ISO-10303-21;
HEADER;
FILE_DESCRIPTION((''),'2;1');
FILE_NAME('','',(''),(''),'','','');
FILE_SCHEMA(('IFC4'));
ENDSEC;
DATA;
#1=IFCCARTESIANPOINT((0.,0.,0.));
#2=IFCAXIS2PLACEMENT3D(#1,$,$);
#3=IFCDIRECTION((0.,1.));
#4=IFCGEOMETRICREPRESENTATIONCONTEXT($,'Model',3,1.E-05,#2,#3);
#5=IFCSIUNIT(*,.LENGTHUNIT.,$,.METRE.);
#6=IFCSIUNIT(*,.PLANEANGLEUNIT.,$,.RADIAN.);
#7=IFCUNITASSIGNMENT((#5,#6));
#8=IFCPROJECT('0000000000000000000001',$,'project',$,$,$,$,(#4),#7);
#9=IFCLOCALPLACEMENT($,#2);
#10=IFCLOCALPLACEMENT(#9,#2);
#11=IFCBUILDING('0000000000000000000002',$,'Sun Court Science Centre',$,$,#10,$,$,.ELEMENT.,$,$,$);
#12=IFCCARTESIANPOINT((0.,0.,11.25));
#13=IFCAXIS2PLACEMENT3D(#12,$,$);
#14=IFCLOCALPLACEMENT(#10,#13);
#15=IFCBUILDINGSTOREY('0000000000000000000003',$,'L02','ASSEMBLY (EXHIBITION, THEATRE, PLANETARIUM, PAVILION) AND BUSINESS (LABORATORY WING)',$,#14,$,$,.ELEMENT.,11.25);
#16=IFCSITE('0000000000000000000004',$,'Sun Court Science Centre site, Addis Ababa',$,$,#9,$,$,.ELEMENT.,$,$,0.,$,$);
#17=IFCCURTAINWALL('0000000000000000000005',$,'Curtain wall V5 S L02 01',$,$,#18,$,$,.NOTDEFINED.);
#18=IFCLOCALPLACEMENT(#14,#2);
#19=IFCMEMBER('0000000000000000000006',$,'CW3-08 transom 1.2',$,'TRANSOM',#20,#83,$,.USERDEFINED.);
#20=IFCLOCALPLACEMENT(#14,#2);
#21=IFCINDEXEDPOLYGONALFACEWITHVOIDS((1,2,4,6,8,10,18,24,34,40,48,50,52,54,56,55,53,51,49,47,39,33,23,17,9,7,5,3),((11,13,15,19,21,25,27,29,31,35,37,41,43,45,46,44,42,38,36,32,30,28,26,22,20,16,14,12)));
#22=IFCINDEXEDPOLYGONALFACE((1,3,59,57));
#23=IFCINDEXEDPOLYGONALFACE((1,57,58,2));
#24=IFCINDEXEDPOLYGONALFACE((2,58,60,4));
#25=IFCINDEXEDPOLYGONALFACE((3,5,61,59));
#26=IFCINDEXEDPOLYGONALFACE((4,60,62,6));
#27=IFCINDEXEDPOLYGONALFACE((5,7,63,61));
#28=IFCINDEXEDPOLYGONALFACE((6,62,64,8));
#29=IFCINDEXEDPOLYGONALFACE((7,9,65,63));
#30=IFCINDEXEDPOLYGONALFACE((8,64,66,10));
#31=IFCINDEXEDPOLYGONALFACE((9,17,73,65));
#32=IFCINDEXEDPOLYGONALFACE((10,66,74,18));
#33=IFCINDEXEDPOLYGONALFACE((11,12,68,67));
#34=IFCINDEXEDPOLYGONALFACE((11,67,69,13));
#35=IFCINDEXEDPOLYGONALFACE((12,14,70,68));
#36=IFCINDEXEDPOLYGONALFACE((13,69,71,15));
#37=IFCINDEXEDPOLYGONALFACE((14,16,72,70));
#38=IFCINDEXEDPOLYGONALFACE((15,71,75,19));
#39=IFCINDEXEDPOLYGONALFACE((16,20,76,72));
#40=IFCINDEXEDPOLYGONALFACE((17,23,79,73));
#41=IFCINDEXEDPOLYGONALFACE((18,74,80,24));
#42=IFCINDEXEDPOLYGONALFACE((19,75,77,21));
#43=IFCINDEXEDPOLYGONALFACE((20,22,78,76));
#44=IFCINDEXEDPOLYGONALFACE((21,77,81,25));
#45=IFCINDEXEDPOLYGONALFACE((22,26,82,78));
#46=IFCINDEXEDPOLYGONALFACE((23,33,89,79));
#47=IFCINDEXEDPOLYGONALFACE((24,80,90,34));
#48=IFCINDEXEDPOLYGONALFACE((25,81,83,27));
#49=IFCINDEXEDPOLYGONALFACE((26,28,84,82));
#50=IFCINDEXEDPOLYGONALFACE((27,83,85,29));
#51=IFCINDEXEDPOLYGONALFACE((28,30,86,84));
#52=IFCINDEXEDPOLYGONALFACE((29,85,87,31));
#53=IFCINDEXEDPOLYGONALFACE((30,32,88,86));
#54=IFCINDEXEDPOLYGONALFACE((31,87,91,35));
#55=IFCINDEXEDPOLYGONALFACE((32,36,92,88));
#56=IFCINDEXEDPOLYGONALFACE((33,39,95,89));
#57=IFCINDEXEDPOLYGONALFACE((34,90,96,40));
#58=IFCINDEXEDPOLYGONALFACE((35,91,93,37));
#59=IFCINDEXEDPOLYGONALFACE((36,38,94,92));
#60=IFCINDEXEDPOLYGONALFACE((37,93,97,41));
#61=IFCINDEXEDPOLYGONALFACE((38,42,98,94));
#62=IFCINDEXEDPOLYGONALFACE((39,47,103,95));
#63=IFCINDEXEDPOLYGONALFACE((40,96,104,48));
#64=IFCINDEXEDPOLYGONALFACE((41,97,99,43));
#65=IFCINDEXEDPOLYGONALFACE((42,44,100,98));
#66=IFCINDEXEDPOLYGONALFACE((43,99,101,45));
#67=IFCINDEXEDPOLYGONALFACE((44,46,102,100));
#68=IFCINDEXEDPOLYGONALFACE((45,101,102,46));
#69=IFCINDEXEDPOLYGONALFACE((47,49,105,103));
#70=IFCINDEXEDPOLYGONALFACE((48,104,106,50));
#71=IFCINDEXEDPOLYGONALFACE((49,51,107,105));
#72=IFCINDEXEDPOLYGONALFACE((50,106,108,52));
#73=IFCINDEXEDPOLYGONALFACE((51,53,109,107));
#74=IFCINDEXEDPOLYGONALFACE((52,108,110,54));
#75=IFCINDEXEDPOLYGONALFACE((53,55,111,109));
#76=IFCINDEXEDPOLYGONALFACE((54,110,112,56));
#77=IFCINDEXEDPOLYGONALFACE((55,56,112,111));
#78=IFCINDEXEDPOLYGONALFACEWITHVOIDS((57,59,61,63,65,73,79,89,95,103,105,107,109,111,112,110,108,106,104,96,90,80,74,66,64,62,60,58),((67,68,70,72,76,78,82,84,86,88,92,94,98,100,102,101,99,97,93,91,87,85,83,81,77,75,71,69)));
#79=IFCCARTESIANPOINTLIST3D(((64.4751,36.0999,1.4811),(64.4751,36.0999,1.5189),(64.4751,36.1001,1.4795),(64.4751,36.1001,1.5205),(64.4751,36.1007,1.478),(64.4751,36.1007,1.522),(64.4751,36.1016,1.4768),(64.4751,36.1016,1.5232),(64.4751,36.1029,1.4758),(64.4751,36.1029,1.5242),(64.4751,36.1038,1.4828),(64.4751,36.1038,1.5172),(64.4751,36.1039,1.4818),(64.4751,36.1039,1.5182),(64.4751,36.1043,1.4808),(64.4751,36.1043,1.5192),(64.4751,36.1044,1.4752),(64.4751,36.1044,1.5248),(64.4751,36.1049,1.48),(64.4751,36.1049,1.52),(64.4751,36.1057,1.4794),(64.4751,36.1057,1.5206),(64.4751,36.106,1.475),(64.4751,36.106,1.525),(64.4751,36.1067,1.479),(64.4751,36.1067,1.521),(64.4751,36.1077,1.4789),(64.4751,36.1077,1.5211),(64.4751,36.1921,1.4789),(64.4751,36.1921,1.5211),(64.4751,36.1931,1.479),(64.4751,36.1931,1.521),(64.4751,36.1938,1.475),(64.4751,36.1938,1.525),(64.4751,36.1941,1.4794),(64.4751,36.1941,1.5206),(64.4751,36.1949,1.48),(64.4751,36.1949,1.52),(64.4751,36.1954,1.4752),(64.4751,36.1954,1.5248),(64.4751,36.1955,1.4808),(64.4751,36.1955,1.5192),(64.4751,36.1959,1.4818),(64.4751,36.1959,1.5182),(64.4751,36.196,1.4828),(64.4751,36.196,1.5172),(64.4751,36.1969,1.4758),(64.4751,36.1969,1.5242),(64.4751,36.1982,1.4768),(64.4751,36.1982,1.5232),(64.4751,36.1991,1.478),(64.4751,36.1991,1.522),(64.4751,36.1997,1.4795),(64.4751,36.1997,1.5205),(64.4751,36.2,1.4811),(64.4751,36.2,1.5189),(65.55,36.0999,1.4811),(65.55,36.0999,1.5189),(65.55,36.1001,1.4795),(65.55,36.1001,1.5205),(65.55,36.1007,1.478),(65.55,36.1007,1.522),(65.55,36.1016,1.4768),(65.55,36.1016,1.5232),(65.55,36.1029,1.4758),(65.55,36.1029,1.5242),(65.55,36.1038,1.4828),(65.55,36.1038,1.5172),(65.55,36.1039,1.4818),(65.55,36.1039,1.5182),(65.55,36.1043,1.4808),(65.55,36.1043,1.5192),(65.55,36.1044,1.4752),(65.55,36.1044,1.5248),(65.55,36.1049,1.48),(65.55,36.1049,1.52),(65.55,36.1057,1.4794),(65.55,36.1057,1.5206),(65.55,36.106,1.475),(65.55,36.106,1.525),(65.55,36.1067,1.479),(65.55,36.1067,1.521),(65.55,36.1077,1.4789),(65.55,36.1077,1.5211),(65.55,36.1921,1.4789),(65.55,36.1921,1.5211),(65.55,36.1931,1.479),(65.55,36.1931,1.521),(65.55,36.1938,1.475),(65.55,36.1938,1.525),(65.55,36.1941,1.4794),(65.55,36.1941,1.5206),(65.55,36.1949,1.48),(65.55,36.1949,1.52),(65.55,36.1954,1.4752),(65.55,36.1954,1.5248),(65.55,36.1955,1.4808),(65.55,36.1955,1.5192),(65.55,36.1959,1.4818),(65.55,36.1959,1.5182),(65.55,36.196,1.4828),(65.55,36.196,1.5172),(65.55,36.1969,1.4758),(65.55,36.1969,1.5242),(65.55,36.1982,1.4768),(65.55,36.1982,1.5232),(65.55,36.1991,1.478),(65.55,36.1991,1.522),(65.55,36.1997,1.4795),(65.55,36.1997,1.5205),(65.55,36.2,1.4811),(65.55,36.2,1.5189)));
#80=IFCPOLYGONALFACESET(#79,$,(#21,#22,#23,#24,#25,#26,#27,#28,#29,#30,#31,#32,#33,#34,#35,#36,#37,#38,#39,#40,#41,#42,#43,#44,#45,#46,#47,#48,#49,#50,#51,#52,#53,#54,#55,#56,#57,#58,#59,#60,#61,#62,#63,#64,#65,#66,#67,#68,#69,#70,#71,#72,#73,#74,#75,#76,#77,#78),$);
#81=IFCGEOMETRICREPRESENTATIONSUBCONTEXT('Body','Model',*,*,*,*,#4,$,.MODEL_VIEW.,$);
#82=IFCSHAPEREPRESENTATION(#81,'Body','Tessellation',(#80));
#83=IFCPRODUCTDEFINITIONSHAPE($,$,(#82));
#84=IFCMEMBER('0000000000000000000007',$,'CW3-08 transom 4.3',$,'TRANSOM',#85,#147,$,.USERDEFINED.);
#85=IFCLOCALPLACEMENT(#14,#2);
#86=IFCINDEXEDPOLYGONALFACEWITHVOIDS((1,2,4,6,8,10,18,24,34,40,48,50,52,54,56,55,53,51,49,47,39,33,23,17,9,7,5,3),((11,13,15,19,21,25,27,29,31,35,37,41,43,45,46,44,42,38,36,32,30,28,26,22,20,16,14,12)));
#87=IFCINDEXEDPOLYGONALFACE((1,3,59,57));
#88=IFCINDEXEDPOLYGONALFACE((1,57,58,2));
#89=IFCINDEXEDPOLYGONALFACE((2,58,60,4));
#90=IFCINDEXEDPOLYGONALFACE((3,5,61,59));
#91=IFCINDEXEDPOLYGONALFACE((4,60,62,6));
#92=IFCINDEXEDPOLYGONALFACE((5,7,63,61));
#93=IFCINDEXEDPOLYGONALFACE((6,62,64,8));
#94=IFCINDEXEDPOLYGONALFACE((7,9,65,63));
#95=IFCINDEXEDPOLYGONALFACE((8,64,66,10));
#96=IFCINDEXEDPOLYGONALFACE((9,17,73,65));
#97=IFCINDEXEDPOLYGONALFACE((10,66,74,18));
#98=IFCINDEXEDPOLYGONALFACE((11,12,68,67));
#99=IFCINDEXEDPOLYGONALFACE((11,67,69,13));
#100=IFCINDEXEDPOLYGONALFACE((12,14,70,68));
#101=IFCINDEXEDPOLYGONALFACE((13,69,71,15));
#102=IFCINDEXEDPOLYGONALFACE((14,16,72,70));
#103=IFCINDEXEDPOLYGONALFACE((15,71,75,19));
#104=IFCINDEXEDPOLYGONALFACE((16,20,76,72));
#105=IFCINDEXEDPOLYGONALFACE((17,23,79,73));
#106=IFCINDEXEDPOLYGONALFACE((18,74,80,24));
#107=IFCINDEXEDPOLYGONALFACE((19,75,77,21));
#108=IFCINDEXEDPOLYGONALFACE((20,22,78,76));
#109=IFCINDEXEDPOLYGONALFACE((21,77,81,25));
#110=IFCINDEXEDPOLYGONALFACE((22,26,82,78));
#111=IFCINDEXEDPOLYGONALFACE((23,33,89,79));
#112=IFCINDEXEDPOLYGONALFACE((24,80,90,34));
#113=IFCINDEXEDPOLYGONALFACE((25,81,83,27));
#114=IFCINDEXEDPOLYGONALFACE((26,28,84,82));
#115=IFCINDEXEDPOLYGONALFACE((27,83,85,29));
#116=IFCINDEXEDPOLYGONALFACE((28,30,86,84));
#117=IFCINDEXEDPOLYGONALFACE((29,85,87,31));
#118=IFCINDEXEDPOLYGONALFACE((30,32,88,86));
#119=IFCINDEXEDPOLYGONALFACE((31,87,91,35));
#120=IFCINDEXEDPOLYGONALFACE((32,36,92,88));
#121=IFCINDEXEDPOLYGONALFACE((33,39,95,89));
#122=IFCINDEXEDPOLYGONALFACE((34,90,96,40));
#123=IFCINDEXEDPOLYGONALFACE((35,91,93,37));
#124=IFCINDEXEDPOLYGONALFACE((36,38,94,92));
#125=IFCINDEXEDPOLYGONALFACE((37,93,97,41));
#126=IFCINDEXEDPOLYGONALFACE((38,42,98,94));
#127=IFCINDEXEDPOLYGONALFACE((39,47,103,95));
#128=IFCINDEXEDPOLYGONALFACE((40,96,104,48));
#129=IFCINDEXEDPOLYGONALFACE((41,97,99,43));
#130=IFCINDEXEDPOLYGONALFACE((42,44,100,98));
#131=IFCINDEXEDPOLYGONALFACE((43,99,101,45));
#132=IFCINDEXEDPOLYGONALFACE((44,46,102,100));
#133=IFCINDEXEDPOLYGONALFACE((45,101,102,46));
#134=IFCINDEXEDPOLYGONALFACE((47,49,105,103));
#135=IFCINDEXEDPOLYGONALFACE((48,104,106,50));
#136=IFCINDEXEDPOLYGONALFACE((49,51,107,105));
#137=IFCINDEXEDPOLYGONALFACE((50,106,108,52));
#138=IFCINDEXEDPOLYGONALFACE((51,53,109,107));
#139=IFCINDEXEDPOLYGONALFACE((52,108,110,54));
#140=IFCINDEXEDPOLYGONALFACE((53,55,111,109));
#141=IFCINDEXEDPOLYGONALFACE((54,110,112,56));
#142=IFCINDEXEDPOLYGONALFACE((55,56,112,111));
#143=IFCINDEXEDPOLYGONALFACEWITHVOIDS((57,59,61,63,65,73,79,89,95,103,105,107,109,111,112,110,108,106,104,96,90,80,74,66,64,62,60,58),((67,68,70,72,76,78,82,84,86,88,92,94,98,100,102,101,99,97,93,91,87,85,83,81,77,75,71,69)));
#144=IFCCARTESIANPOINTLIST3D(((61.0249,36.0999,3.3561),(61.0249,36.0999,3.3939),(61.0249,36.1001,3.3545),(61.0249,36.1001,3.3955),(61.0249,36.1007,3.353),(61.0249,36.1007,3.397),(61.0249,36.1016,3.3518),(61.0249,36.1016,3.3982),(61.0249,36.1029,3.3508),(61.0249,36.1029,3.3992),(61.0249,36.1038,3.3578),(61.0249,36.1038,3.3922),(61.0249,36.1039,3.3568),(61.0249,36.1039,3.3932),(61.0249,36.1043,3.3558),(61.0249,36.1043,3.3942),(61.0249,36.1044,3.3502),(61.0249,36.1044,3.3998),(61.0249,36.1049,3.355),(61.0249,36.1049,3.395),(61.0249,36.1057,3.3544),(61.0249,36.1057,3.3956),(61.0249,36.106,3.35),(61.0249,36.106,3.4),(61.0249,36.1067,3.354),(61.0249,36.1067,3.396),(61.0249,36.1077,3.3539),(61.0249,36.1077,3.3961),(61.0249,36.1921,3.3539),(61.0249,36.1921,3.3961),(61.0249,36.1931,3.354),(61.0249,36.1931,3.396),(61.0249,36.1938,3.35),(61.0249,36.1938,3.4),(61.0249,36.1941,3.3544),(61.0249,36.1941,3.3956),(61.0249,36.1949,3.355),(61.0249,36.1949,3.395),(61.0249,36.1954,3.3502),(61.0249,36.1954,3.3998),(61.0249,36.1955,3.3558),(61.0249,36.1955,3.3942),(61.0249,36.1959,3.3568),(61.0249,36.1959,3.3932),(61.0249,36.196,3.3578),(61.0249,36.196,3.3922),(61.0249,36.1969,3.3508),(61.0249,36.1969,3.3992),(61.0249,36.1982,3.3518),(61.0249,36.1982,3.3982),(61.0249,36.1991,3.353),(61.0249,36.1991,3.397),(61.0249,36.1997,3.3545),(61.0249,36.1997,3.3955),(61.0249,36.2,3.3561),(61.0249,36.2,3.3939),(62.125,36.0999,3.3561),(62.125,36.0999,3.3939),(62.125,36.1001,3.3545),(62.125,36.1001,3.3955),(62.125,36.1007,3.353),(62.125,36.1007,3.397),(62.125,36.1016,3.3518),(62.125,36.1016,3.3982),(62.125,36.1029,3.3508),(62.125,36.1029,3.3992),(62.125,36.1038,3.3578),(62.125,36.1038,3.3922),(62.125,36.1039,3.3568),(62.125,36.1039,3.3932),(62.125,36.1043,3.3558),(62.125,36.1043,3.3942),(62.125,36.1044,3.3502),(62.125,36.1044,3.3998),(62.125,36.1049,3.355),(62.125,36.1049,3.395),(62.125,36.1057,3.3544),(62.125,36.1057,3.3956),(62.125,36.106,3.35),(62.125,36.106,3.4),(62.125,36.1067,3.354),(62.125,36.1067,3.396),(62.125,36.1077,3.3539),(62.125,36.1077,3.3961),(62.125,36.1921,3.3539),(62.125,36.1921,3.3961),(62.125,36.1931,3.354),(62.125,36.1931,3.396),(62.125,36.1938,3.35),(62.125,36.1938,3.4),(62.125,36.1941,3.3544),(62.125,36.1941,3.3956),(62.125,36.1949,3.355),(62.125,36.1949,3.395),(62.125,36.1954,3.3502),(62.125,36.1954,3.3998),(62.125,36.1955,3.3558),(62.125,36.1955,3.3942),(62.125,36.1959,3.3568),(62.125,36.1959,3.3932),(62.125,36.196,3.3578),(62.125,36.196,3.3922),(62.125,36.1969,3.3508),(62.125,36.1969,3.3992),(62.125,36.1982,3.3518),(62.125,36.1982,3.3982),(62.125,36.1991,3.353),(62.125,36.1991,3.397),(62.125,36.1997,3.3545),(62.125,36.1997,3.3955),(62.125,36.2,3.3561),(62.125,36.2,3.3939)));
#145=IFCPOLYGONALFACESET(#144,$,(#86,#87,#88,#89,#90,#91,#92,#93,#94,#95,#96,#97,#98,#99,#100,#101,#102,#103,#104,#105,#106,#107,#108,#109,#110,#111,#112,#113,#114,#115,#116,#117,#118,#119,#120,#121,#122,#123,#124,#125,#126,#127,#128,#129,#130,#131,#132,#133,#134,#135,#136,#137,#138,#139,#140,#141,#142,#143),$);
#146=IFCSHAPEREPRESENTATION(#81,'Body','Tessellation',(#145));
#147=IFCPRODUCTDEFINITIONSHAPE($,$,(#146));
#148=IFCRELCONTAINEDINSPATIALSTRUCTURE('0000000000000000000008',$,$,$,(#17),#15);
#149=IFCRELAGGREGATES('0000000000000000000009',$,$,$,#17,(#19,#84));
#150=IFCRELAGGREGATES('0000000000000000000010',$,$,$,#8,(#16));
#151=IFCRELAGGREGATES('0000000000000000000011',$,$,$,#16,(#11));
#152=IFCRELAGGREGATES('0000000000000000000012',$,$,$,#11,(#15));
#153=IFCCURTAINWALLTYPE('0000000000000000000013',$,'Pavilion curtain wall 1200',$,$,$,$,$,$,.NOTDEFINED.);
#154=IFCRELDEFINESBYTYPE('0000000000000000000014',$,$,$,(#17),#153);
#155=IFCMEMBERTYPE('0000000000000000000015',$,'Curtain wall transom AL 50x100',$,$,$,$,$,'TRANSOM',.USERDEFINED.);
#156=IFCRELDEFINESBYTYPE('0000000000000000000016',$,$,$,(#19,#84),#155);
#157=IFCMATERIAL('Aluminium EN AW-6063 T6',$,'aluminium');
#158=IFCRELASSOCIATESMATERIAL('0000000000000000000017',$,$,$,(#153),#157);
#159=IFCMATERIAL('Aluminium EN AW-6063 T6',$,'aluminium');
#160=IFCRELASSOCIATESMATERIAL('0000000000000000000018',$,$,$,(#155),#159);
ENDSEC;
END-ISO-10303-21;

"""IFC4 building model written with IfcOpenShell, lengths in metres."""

from ifc_helpers import new_model, si_unit, direction, frame, origin, origin_2d, place, context, subcontext, project, spatial, hollow_rectangle, extrude, material, material_profile, profile_set, type_object, element, aggregate, save


model = new_model("IFC4")

# Units and contexts
model_context = context("Model", 3, precision=1e-05, world=origin(), true_north=direction((0.0, 1.0)))
body_context = subcontext(model_context, "Body", "Model", "MODEL_VIEW")
ifc_project = project(units=[si_unit("LENGTHUNIT", "METRE"), si_unit("PLANEANGLEUNIT", "RADIAN")], contexts=[model_context])

# Site, building, storey
site_placement = place(None, origin())
site = spatial("IfcSite", under=ifc_project, at=site_placement, Name="Sun Court Science Centre site, Addis Ababa", CompositionType="ELEMENT", RefElevation=0.0)
building_placement = place(site_placement, origin())
building = spatial("IfcBuilding", under=site, at=building_placement, Name="Sun Court Science Centre", CompositionType="ELEMENT")
storey_placement = place(building_placement, frame((0.0, 0.0, 11.25)))
storey = spatial("IfcBuildingStorey", under=building, at=storey_placement, Name="L02", Description="ASSEMBLY (EXHIBITION, THEATRE, PLANETARIUM, PAVILION) AND BUSINESS (LABORATORY WING)", CompositionType="ELEMENT", Elevation=11.25)

# Curtain wall, members
ifc_material_1 = material(Name="Aluminium EN AW-6063 T6", Category="aluminium")
curtain_wall_type = type_object("IfcCurtainWallType", Name="Pavilion curtain wall 1200", PredefinedType="NOTDEFINED", material=ifc_material_1)
curtain_wall_placement = place(storey_placement, origin())
curtain_wall = element("IfcCurtainWall", 1, at=curtain_wall_placement, inside=storey, type_object=curtain_wall_type, Name="Curtain wall V5 S L02 01", PredefinedType="NOTDEFINED")
ifc_material_2 = material(Name="Aluminium EN AW-6063 T6", Category="aluminium")
ifc_material_profile_1 = material_profile(ifc_material_2, hollow_rectangle(XDim=0.05, YDim=0.1001, WallThickness=0.0039, InnerFilletRadius=0.0039, OuterFilletRadius=0.0061, at=origin_2d()), Name="AL 50x100x4")
ifc_profile_set_1 = profile_set([ifc_material_profile_1], Name="Aluminium EN AW-6063 T6")
member_type_1 = type_object("IfcMemberType", Name="Curtain wall transom AL 50x100", ElementType="TRANSOM", PredefinedType="USERDEFINED", material=ifc_profile_set_1)
member_1_placement = place(storey_placement, frame((65.55, 36.1499, 1.5), z_axis=(-1.0, 0.0, 0.0), x_axis=(0.0, 0.0, 1.0)))
member_1 = element("IfcMember", 2, at=member_1_placement, type_object=member_type_1, Name="CW3-08 transom 1.2", ObjectType="TRANSOM", PredefinedType="USERDEFINED", context=body_context, shape_type="SweptSolid", body=[
    extrude(hollow_rectangle(XDim=0.05, YDim=0.1001, WallThickness=0.0039, InnerFilletRadius=0.0039, OuterFilletRadius=0.0061, at=origin_2d()), origin(), (0.0, 0.0, 1.0), 1.075),
])
member_2_placement = place(storey_placement, frame((62.125, 36.1499, 3.375), z_axis=(-1.0, 0.0, 0.0), x_axis=(0.0, 0.0, 1.0)))
member_2 = element("IfcMember", 3, at=member_2_placement, type_object=member_type_1, Name="CW3-08 transom 4.3", ObjectType="TRANSOM", PredefinedType="USERDEFINED", context=body_context, shape_type="SweptSolid", body=[
    extrude(hollow_rectangle(XDim=0.05, YDim=0.1001, WallThickness=0.0039, InnerFilletRadius=0.0039, OuterFilletRadius=0.0061, at=origin_2d()), origin(), (0.0, 0.0, 1.0), 1.1001),
])
aggregate(curtain_wall, [member_1, member_2])

save(model, "model.ifc")
